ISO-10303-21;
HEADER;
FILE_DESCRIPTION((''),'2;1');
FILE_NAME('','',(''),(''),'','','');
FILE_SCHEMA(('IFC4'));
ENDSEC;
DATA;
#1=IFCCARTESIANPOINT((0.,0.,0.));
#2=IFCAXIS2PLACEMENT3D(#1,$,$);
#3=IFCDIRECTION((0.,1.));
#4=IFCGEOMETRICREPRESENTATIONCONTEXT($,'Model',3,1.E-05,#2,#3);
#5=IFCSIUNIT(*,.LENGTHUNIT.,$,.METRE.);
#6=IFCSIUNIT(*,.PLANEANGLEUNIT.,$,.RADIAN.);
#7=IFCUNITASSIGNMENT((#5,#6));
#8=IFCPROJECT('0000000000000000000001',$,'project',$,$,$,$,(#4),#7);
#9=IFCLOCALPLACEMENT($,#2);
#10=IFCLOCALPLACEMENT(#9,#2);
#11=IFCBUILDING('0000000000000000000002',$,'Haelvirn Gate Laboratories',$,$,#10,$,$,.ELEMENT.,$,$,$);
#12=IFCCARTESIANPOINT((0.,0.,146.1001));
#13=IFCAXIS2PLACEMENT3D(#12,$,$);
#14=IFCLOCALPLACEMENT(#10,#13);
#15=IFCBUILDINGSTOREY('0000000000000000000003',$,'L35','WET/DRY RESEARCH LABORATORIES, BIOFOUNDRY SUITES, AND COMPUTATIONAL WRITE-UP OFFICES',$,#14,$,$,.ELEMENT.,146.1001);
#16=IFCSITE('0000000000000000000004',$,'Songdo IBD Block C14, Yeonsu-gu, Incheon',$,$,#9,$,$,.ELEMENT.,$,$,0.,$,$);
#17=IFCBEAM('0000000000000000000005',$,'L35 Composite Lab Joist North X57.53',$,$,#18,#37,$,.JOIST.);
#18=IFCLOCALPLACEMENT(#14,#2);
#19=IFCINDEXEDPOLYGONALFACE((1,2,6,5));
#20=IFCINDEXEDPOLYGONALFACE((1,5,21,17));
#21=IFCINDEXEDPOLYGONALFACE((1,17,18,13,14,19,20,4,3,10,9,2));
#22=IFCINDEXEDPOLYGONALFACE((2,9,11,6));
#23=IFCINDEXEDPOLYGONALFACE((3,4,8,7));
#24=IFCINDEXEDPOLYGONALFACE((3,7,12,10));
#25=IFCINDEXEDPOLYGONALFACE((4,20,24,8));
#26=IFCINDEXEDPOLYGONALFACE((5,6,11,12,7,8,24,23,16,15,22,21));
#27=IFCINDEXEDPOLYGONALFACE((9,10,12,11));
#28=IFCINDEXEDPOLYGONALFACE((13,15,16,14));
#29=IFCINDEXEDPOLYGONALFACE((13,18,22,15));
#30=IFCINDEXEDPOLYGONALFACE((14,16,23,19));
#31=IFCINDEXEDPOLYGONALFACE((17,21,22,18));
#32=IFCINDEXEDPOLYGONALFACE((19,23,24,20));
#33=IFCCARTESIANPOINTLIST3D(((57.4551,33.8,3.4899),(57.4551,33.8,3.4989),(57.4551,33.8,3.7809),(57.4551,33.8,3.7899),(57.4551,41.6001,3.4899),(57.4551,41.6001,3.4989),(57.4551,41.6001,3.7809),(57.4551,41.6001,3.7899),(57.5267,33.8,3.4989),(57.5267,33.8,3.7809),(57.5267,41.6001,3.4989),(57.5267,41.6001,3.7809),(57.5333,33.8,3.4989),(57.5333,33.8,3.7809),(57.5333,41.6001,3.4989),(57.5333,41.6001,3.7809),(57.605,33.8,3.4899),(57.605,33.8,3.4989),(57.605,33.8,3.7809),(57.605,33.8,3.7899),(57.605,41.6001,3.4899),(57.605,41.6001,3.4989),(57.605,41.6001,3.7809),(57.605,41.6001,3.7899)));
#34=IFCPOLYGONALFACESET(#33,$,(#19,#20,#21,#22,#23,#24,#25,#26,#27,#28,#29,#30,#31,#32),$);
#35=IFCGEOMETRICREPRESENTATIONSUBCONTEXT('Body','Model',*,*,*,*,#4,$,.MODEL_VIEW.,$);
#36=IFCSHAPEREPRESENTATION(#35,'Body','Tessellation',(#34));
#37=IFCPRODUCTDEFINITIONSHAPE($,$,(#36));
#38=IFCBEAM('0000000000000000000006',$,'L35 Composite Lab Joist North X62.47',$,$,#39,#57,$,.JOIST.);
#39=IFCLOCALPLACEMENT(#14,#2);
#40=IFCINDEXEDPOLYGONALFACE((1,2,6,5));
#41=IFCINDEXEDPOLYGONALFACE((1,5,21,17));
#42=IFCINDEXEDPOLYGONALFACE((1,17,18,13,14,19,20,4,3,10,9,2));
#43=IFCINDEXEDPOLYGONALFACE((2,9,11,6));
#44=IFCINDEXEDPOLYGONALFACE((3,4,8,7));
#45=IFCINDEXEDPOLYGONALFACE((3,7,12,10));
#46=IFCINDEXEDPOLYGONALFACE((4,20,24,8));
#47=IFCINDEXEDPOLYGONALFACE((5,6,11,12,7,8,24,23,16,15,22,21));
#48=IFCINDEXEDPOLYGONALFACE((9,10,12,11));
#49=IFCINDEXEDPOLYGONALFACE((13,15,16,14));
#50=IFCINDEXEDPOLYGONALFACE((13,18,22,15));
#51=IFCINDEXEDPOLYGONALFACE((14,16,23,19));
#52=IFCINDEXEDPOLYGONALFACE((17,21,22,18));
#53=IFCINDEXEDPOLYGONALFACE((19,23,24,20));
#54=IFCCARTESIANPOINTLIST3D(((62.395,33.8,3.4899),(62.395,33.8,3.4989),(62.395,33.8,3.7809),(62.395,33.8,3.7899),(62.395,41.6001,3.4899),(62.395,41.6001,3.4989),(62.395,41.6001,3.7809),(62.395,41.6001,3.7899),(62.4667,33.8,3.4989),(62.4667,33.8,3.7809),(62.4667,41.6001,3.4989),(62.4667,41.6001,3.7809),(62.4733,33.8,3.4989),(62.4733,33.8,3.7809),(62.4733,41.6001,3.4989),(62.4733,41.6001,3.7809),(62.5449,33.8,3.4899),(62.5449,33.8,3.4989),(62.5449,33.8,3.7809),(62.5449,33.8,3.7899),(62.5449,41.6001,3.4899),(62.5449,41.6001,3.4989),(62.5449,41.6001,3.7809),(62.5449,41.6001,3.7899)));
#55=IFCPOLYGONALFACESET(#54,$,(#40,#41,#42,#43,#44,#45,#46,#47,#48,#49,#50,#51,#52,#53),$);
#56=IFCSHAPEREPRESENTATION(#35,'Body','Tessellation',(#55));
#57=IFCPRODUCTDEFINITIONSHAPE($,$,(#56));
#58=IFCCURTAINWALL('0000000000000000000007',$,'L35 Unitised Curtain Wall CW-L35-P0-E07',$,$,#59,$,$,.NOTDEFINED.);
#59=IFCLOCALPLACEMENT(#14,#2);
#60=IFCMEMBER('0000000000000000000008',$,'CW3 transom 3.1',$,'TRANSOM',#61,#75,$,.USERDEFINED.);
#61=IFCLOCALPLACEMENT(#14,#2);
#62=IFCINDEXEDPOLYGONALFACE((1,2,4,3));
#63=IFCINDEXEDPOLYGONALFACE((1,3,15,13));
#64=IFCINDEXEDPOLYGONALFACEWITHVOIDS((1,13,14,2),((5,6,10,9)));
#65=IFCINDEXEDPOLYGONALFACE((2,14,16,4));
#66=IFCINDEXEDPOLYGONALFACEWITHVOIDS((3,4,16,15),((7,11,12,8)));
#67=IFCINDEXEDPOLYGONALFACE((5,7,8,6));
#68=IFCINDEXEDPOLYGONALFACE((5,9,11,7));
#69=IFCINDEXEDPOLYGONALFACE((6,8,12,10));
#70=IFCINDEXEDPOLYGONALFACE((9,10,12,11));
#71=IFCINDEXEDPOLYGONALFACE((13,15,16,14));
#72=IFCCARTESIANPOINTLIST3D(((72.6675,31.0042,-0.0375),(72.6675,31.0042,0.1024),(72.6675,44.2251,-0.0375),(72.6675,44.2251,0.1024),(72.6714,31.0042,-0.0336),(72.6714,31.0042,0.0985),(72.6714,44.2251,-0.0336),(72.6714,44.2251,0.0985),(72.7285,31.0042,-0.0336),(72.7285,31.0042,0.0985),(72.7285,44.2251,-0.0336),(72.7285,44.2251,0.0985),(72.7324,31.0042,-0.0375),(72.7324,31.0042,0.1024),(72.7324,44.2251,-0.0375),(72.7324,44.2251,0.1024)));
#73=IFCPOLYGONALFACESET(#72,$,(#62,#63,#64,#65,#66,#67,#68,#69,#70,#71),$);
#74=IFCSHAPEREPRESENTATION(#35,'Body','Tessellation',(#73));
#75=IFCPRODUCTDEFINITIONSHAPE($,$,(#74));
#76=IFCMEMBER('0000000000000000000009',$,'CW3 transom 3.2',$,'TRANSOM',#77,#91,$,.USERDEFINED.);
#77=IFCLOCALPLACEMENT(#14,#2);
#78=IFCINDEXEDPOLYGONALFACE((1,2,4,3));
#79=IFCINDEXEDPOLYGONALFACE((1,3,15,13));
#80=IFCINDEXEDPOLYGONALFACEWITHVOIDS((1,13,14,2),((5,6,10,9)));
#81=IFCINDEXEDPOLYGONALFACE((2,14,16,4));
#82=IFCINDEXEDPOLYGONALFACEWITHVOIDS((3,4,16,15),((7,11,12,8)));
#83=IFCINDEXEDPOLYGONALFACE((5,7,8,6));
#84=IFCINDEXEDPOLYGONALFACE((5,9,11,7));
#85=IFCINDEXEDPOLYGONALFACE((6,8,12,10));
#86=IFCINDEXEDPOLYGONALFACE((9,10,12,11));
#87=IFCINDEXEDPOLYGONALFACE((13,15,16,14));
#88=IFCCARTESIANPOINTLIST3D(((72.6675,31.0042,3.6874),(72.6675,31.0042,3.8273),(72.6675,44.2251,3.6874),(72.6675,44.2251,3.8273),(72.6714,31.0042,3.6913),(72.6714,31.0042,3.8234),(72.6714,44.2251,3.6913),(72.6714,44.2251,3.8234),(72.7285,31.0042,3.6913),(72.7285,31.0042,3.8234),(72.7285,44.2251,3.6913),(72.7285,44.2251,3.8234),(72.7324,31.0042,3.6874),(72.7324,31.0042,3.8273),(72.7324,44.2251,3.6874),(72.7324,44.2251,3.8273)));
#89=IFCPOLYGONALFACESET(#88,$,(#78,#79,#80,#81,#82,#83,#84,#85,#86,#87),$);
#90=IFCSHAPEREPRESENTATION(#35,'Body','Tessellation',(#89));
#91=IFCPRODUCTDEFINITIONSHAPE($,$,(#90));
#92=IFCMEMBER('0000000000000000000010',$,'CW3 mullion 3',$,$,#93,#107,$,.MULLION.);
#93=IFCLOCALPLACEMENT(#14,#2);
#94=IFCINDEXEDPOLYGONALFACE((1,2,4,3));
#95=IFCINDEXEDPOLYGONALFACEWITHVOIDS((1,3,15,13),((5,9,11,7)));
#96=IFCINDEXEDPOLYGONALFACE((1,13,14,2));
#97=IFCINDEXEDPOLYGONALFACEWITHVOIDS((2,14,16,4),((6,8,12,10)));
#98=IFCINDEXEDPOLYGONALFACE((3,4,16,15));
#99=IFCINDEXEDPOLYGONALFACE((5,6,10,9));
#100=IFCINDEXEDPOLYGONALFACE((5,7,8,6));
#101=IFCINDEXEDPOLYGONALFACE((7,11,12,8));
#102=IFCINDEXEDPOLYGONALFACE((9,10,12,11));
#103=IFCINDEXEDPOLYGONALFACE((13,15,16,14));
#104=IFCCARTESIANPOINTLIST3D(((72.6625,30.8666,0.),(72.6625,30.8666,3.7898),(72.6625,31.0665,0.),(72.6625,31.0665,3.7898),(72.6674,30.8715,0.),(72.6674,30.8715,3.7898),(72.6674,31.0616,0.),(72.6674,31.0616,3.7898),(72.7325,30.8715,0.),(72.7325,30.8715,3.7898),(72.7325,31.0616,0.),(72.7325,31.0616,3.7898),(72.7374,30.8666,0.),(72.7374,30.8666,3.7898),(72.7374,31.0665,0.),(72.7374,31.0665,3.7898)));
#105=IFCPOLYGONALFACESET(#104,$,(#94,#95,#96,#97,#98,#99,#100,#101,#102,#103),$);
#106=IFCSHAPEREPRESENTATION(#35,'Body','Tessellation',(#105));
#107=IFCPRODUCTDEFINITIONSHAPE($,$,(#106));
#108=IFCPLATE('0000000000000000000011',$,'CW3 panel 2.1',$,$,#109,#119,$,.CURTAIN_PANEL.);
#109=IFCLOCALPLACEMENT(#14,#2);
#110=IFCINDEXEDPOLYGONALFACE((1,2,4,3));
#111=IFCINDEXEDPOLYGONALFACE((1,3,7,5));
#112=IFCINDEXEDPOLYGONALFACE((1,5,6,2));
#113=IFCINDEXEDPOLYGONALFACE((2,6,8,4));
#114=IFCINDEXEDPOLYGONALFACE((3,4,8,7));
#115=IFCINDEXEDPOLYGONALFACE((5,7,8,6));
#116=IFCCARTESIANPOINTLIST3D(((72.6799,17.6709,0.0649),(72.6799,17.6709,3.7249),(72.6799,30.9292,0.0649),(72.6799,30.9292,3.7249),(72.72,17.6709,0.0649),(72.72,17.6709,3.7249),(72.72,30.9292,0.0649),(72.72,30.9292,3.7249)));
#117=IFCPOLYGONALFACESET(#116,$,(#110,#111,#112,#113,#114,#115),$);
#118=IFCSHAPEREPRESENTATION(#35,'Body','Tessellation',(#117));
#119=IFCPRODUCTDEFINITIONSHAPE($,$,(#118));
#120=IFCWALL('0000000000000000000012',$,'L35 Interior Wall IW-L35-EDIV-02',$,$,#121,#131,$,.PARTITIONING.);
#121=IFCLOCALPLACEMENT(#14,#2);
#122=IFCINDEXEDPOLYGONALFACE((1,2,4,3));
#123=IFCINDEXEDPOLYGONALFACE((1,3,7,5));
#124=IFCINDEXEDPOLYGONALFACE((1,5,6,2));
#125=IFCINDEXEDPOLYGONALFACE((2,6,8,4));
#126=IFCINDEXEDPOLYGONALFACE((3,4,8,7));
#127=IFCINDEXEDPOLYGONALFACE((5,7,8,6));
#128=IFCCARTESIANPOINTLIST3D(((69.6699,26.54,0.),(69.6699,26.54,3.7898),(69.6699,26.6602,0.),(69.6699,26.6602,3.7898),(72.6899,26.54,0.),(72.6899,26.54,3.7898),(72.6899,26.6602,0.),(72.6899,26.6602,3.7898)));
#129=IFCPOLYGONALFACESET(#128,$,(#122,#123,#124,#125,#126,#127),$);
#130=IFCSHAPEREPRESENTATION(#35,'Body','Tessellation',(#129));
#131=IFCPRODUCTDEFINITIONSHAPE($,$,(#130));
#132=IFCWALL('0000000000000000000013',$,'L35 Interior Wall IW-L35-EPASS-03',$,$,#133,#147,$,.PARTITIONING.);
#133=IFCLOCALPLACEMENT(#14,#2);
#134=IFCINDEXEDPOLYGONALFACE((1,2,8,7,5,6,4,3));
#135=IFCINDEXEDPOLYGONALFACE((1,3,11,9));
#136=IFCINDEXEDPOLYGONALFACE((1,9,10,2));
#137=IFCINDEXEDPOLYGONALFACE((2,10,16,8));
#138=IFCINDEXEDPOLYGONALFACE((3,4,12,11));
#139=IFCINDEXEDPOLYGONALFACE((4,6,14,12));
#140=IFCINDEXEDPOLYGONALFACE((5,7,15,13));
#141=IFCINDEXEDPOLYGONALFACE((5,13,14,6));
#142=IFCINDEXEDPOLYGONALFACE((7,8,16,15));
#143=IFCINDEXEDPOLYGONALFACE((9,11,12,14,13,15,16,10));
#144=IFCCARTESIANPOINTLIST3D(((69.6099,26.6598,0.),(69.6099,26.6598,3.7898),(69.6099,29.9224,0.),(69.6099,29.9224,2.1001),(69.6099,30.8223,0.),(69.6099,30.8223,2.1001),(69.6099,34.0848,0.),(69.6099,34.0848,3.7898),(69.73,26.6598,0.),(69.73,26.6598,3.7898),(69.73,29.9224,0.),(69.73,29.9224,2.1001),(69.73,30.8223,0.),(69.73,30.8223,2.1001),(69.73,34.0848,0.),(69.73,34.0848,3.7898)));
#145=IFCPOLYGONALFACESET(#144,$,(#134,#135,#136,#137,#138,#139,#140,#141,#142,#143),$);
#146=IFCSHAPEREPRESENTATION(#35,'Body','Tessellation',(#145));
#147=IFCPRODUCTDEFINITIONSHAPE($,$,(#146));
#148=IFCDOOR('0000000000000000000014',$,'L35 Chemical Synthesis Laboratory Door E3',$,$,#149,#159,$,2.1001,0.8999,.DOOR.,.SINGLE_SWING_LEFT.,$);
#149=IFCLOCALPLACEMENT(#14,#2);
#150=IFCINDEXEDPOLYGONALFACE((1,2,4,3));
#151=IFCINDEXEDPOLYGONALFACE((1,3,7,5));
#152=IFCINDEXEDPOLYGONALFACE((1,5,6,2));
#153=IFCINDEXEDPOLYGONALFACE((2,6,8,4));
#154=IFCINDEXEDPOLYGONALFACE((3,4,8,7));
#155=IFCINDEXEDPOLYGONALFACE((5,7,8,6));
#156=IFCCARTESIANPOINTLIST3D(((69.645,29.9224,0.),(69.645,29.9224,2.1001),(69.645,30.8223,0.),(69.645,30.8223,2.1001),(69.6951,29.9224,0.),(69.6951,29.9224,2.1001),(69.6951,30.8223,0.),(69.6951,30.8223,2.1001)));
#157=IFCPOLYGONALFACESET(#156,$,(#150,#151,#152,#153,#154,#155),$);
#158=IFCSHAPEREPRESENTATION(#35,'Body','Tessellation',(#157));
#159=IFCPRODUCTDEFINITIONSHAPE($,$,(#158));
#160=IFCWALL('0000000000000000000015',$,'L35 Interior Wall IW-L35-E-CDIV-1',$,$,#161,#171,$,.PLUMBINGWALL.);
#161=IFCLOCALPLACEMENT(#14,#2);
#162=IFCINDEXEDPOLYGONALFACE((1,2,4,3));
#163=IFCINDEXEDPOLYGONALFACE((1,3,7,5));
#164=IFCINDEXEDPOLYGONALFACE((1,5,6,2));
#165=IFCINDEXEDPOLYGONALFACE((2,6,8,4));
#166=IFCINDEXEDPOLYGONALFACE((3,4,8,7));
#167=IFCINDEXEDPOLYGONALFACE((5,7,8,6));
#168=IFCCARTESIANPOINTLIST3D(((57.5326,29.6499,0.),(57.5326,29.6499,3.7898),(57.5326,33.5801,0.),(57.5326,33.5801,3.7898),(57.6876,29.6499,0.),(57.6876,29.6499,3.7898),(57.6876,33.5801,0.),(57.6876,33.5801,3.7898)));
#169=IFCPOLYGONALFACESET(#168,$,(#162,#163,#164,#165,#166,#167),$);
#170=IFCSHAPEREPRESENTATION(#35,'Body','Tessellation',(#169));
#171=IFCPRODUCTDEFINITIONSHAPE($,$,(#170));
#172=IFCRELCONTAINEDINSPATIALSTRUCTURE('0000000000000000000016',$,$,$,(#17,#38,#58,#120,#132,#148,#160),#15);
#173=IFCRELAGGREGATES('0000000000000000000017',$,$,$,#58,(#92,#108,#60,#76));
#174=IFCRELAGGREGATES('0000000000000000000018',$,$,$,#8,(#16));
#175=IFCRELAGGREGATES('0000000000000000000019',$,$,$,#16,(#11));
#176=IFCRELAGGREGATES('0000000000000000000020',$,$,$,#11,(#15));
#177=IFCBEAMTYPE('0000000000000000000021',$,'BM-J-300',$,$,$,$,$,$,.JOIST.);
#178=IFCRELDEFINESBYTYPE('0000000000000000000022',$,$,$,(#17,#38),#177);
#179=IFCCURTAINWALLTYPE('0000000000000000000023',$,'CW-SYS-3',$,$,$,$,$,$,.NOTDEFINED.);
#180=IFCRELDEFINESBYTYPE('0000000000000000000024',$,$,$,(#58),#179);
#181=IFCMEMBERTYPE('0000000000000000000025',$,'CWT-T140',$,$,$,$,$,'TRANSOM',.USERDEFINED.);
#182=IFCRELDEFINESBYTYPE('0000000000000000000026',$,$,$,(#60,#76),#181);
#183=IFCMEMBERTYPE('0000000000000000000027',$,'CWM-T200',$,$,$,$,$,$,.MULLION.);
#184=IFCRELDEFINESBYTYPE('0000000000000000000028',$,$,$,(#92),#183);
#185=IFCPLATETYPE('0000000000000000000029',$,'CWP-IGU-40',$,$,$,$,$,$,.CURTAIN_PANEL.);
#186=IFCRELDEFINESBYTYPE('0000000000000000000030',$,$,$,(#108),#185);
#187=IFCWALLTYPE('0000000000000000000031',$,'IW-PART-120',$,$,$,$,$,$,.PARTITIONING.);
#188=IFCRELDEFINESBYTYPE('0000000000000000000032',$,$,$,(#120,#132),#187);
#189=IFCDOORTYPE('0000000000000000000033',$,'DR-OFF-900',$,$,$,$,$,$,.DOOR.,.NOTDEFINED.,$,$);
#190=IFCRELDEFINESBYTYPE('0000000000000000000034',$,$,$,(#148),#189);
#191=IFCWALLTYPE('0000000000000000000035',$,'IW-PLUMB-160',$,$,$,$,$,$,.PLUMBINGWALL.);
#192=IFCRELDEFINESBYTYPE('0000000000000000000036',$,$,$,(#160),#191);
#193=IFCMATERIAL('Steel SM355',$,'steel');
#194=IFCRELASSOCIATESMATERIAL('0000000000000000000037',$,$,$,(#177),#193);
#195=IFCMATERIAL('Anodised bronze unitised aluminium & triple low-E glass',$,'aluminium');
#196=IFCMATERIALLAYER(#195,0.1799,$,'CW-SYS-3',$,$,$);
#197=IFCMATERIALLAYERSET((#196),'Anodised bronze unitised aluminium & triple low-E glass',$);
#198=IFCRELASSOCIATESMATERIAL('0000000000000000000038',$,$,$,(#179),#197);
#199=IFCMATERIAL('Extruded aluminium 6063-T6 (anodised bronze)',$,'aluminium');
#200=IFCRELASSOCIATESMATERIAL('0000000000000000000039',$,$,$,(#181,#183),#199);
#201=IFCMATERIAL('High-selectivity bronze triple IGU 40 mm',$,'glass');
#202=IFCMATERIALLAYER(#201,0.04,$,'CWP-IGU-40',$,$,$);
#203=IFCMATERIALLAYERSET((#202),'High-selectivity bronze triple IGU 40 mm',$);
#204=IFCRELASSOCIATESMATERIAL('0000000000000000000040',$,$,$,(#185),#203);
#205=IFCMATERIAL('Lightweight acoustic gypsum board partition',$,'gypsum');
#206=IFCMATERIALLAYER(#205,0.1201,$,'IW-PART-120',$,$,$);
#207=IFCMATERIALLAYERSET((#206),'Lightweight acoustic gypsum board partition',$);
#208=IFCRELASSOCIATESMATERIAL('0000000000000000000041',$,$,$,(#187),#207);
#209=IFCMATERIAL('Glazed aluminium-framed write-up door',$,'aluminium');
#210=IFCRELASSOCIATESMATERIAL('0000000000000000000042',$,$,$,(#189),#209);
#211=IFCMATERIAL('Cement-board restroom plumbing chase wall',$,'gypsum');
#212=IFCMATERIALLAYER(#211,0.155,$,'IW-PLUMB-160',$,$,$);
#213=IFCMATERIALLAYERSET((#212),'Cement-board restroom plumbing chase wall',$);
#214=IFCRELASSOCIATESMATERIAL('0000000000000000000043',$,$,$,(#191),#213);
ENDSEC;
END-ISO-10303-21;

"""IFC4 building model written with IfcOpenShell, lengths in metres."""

from ifc_helpers import new_model, si_unit, direction, frame, frame_2d, origin, origin_2d, place, context, subcontext, project, spatial, rectangle, hollow_rectangle, i_section, extrude, source, transform, mapped, material, layer, layer_set, material_profile, profile_set, type_object, type_shapes, element, fill, aggregate, save


model = new_model("IFC4")

# Units and contexts
model_context = context("Model", 3, precision=1e-05, world=origin(), true_north=direction((0.0, 1.0)))
body_context = subcontext(model_context, "Body", "Model", "MODEL_VIEW")
ifc_project = project(units=[si_unit("LENGTHUNIT", "METRE"), si_unit("PLANEANGLEUNIT", "RADIAN")], contexts=[model_context])

# Site, building, storey
site_placement = place(None, origin())
site = spatial("IfcSite", under=ifc_project, at=site_placement, Name="Songdo IBD Block C14, Yeonsu-gu, Incheon", CompositionType="ELEMENT", RefElevation=0.0)
building_placement = place(site_placement, origin())
building = spatial("IfcBuilding", under=site, at=building_placement, Name="Haelvirn Gate Laboratories", CompositionType="ELEMENT")
storey_placement = place(building_placement, frame((0.0, 0.0, 146.1001)))
storey = spatial("IfcBuildingStorey", under=building, at=storey_placement, Name="L35", Description="WET/DRY RESEARCH LABORATORIES, BIOFOUNDRY SUITES, AND COMPUTATIONAL WRITE-UP OFFICES", CompositionType="ELEMENT", Elevation=146.1001)

# Beams
ifc_material_1 = material(Name="Steel SM355", Category="steel")
ifc_material_profile_1 = material_profile(ifc_material_1, i_section(OverallWidth=0.1499, OverallDepth=0.3, WebThickness=0.0066, FlangeThickness=0.009, at=origin_2d()), Name="H-300x150x6.5x9")
ifc_profile_set_1 = profile_set([ifc_material_profile_1], Name="Steel SM355")
beam_type = type_object("IfcBeamType", Name="BM-J-300", PredefinedType="JOIST", material=ifc_profile_set_1)
shared_shape_1 = source(origin(), body_context, "Body", "SweptSolid", [
    extrude(i_section(OverallWidth=0.1499, OverallDepth=0.3, WebThickness=0.0066, FlangeThickness=0.009, at=origin_2d()), origin(), (0.0, 0.0, 1.0), 7.8),
])
type_shapes(beam_type, [shared_shape_1])
for number, where, z_axis, x_axis, name in (
    (1, (57.53, 33.8, 3.6399), (0.0, 1.0, 0.0), (-1.0, 0.0, 0.0), "L35 Composite Lab Joist North X57.53"),
    (2, (62.47, 33.8, 3.6399), (0.0, 1.0, 0.0), (-1.0, 0.0, 0.0), "L35 Composite Lab Joist North X62.47"),
):
    element("IfcBeam", number, at=place(storey_placement, frame(where, z_axis=z_axis, x_axis=x_axis)), inside=storey, type_object=beam_type, Name=name, PredefinedType="JOIST", context=body_context, shape_type="MappedRepresentation", body=[
        mapped(shared_shape_1, transform((0.0, 0.0, 0.0), scale=1.0)),
    ])

# Curtain wall, members, plate
ifc_material_2 = material(Name="Anodised bronze unitised aluminium & triple low-E glass", Category="aluminium")
ifc_layer_1 = layer(ifc_material_2, 0.1799, Name="CW-SYS-3")
ifc_layer_set_1 = layer_set([ifc_layer_1], Name="Anodised bronze unitised aluminium & triple low-E glass")
curtain_wall_type = type_object("IfcCurtainWallType", Name="CW-SYS-3", PredefinedType="NOTDEFINED", material=ifc_layer_set_1)
curtain_wall_placement = place(storey_placement, origin())
curtain_wall = element("IfcCurtainWall", 3, at=curtain_wall_placement, inside=storey, type_object=curtain_wall_type, Name="L35 Unitised Curtain Wall CW-L35-P0-E07", PredefinedType="NOTDEFINED")
ifc_material_3 = material(Name="Extruded aluminium 6063-T6 (anodised bronze)", Category="aluminium")
ifc_material_profile_2 = material_profile(ifc_material_3, hollow_rectangle(XDim=0.0649, YDim=0.1399, WallThickness=0.0039, at=origin_2d()), Name="CWT-140x65x4")
ifc_profile_set_2 = profile_set([ifc_material_profile_2], Name="Extruded aluminium 6063-T6 (anodised bronze)")
member_type_1 = type_object("IfcMemberType", Name="CWT-T140", ElementType="TRANSOM", PredefinedType="USERDEFINED", material=ifc_profile_set_2)
shared_shape_2 = source(origin(), body_context, "Body", "SweptSolid", [
    extrude(hollow_rectangle(XDim=0.0649, YDim=0.1399, WallThickness=0.0039, at=origin_2d()), origin(), (0.0, 0.0, 1.0), 13.2209),
])
type_shapes(member_type_1, [shared_shape_2])
member_1_placement = place(storey_placement, frame((72.7, 31.0042, 0.0325), z_axis=(0.0, 1.0, 0.0), x_axis=(-1.0, 0.0, 0.0)))
member_1 = element("IfcMember", 4, at=member_1_placement, type_object=member_type_1, Name="CW3 transom 3.1", ObjectType="TRANSOM", PredefinedType="USERDEFINED", context=body_context, shape_type="MappedRepresentation", body=[
    mapped(shared_shape_2, transform((0.0, 0.0, 0.0), scale=1.0)),
])
member_2_placement = place(storey_placement, frame((72.7, 31.0042, 3.7573), z_axis=(0.0, 1.0, 0.0), x_axis=(-1.0, 0.0, 0.0)))
member_2 = element("IfcMember", 5, at=member_2_placement, type_object=member_type_1, Name="CW3 transom 3.2", ObjectType="TRANSOM", PredefinedType="USERDEFINED", context=body_context, shape_type="MappedRepresentation", body=[
    mapped(shared_shape_2, transform((0.0, 0.0, 0.0), scale=1.0)),
])
ifc_material_profile_3 = material_profile(ifc_material_3, hollow_rectangle(XDim=0.075, YDim=0.2, WallThickness=0.0049, at=origin_2d()), Name="CWM-200x75x5")
ifc_profile_set_3 = profile_set([ifc_material_profile_3], Name="Extruded aluminium 6063-T6 (anodised bronze)")
member_type_2 = type_object("IfcMemberType", Name="CWM-T200", PredefinedType="MULLION", material=ifc_profile_set_3)
shared_shape_3 = source(origin(), body_context, "Body", "SweptSolid", [
    extrude(hollow_rectangle(XDim=0.075, YDim=0.2, WallThickness=0.0049, at=origin_2d()), origin(), (0.0, 0.0, 1.0), 3.7898),
])
type_shapes(member_type_2, [shared_shape_3])
member_3_placement = place(storey_placement, frame((72.7, 30.9666, 0.0), z_axis=(0.0, 0.0, 1.0), x_axis=(-1.0, 0.0, 0.0)))
member_3 = element("IfcMember", 6, at=member_3_placement, type_object=member_type_2, Name="CW3 mullion 3", PredefinedType="MULLION", context=body_context, shape_type="MappedRepresentation", body=[
    mapped(shared_shape_3, transform((0.0, 0.0, 0.0), scale=1.0)),
])
ifc_material_4 = material(Name="High-selectivity bronze triple IGU 40 mm", Category="glass")
ifc_layer_2 = layer(ifc_material_4, 0.04, Name="CWP-IGU-40")
ifc_layer_set_2 = layer_set([ifc_layer_2], Name="High-selectivity bronze triple IGU 40 mm")
plate_type = type_object("IfcPlateType", Name="CWP-IGU-40", PredefinedType="CURTAIN_PANEL", material=ifc_layer_set_2)
shared_shape_4 = source(origin(), body_context, "Body", "SweptSolid", [
    extrude(rectangle(XDim=13.2583, YDim=0.04, at=origin_2d()), origin(), (0.0, 0.0, 1.0), 3.6599),
])
type_shapes(plate_type, [shared_shape_4])
plate_placement = place(storey_placement, frame((72.7, 24.3, 0.0649), z_axis=(0.0, 0.0, 1.0), x_axis=(0.0, 1.0, 0.0)))
plate = element("IfcPlate", 7, at=plate_placement, type_object=plate_type, Name="CW3 panel 2.1", PredefinedType="CURTAIN_PANEL", context=body_context, shape_type="MappedRepresentation", body=[
    mapped(shared_shape_4, transform((0.0, 0.0, 0.0), scale=1.0)),
])
aggregate(curtain_wall, [member_3, plate, member_1, member_2])

# Wall
ifc_material_5 = material(Name="Lightweight acoustic gypsum board partition", Category="gypsum")
ifc_layer_3 = layer(ifc_material_5, 0.1201, Name="IW-PART-120")
ifc_layer_set_3 = layer_set([ifc_layer_3], Name="Lightweight acoustic gypsum board partition")
wall_type_1 = type_object("IfcWallType", Name="IW-PART-120", PredefinedType="PARTITIONING", material=ifc_layer_set_3)
wall_1_placement = place(storey_placement, frame((69.6699, 26.6001, 0.0), z_axis=(0.0, 0.0, 1.0), x_axis=(1.0, 0.0, 0.0)))
element("IfcWall", 8, at=wall_1_placement, inside=storey, type_object=wall_type_1, Name="L35 Interior Wall IW-L35-EDIV-02", PredefinedType="PARTITIONING", context=body_context, shape_type="SweptSolid", body=[
    extrude(rectangle(XDim=3.02, YDim=0.1201, at=frame_2d((1.51, 0.0))), origin(), (0.0, 0.0, 1.0), 3.7898),
])

# Wall, opening, door
wall_2_placement = place(storey_placement, frame((69.6699, 26.6599, 0.0), z_axis=(0.0, 0.0, 1.0), x_axis=(0.0, 1.0, 0.0)))
wall_2 = element("IfcWall", 9, at=wall_2_placement, inside=storey, type_object=wall_type_1, Name="L35 Interior Wall IW-L35-EPASS-03", PredefinedType="PARTITIONING", context=body_context, shape_type="SweptSolid", body=[
    extrude(rectangle(XDim=7.425, YDim=0.1201, at=frame_2d((3.7124, 0.0))), origin(), (0.0, 0.0, 1.0), 3.7898),
])
opening_1_placement = place(wall_2_placement, frame((3.2625, 0.0, 0.0)))
opening_1 = element("IfcOpeningElement", 10, at=opening_1_placement, cuts=wall_2, PredefinedType="OPENING", context=body_context, shape_type="SweptSolid", body=[
    extrude(rectangle(XDim=0.8999, YDim=2.1001, at=frame_2d((0.45, 1.05))), frame((0.0, 0.0701, 0.0), z_axis=(0.0, -1.0, 0.0), x_axis=(1.0, 0.0, 0.0)), (0.0, 0.0, 1.0), 0.1401),
])
ifc_material_6 = material(Name="Glazed aluminium-framed write-up door", Category="aluminium")
door_type_1 = type_object("IfcDoorType", Name="DR-OFF-900", OperationType="NOTDEFINED", PredefinedType="DOOR", material=ifc_material_6)
shared_shape_5 = source(origin(), body_context, "Body", "SweptSolid", [
    extrude(rectangle(XDim=0.8999, YDim=2.1001, at=frame_2d((0.45, 1.05))), frame((0.0, 0.0249, 0.0), z_axis=(0.0, -1.0, 0.0), x_axis=(1.0, 0.0, 0.0)), (0.0, 0.0, 1.0), 0.05),
])
type_shapes(door_type_1, [shared_shape_5])
door_1_placement = place(opening_1_placement, origin())
door_1 = element("IfcDoor", 11, at=door_1_placement, inside=storey, type_object=door_type_1, Name="L35 Chemical Synthesis Laboratory Door E3", OperationType="SINGLE_SWING_LEFT", OverallHeight=2.1001, OverallWidth=0.8999, PredefinedType="DOOR", context=body_context, shape_type="MappedRepresentation", body=[
    mapped(shared_shape_5, transform((0.0, 0.0, 0.0), scale=1.0)),
])
fill(opening_1, door_1)

# Wall
ifc_material_7 = material(Name="Cement-board restroom plumbing chase wall", Category="gypsum")
ifc_layer_4 = layer(ifc_material_7, 0.155, Name="IW-PLUMB-160")
ifc_layer_set_4 = layer_set([ifc_layer_4], Name="Cement-board restroom plumbing chase wall")
wall_type_2 = type_object("IfcWallType", Name="IW-PLUMB-160", PredefinedType="PLUMBINGWALL", material=ifc_layer_set_4)
wall_3_placement = place(storey_placement, frame((57.6101, 29.6499, 0.0), z_axis=(0.0, 0.0, 1.0), x_axis=(0.0, 1.0, 0.0)))
element("IfcWall", 12, at=wall_3_placement, inside=storey, type_object=wall_type_2, Name="L35 Interior Wall IW-L35-E-CDIV-1", PredefinedType="PLUMBINGWALL", context=body_context, shape_type="SweptSolid", body=[
    extrude(rectangle(XDim=3.9302, YDim=0.155, at=frame_2d((1.9651, 0.0))), origin(), (0.0, 0.0, 1.0), 3.7898),
])

save(model, "model.ifc")
